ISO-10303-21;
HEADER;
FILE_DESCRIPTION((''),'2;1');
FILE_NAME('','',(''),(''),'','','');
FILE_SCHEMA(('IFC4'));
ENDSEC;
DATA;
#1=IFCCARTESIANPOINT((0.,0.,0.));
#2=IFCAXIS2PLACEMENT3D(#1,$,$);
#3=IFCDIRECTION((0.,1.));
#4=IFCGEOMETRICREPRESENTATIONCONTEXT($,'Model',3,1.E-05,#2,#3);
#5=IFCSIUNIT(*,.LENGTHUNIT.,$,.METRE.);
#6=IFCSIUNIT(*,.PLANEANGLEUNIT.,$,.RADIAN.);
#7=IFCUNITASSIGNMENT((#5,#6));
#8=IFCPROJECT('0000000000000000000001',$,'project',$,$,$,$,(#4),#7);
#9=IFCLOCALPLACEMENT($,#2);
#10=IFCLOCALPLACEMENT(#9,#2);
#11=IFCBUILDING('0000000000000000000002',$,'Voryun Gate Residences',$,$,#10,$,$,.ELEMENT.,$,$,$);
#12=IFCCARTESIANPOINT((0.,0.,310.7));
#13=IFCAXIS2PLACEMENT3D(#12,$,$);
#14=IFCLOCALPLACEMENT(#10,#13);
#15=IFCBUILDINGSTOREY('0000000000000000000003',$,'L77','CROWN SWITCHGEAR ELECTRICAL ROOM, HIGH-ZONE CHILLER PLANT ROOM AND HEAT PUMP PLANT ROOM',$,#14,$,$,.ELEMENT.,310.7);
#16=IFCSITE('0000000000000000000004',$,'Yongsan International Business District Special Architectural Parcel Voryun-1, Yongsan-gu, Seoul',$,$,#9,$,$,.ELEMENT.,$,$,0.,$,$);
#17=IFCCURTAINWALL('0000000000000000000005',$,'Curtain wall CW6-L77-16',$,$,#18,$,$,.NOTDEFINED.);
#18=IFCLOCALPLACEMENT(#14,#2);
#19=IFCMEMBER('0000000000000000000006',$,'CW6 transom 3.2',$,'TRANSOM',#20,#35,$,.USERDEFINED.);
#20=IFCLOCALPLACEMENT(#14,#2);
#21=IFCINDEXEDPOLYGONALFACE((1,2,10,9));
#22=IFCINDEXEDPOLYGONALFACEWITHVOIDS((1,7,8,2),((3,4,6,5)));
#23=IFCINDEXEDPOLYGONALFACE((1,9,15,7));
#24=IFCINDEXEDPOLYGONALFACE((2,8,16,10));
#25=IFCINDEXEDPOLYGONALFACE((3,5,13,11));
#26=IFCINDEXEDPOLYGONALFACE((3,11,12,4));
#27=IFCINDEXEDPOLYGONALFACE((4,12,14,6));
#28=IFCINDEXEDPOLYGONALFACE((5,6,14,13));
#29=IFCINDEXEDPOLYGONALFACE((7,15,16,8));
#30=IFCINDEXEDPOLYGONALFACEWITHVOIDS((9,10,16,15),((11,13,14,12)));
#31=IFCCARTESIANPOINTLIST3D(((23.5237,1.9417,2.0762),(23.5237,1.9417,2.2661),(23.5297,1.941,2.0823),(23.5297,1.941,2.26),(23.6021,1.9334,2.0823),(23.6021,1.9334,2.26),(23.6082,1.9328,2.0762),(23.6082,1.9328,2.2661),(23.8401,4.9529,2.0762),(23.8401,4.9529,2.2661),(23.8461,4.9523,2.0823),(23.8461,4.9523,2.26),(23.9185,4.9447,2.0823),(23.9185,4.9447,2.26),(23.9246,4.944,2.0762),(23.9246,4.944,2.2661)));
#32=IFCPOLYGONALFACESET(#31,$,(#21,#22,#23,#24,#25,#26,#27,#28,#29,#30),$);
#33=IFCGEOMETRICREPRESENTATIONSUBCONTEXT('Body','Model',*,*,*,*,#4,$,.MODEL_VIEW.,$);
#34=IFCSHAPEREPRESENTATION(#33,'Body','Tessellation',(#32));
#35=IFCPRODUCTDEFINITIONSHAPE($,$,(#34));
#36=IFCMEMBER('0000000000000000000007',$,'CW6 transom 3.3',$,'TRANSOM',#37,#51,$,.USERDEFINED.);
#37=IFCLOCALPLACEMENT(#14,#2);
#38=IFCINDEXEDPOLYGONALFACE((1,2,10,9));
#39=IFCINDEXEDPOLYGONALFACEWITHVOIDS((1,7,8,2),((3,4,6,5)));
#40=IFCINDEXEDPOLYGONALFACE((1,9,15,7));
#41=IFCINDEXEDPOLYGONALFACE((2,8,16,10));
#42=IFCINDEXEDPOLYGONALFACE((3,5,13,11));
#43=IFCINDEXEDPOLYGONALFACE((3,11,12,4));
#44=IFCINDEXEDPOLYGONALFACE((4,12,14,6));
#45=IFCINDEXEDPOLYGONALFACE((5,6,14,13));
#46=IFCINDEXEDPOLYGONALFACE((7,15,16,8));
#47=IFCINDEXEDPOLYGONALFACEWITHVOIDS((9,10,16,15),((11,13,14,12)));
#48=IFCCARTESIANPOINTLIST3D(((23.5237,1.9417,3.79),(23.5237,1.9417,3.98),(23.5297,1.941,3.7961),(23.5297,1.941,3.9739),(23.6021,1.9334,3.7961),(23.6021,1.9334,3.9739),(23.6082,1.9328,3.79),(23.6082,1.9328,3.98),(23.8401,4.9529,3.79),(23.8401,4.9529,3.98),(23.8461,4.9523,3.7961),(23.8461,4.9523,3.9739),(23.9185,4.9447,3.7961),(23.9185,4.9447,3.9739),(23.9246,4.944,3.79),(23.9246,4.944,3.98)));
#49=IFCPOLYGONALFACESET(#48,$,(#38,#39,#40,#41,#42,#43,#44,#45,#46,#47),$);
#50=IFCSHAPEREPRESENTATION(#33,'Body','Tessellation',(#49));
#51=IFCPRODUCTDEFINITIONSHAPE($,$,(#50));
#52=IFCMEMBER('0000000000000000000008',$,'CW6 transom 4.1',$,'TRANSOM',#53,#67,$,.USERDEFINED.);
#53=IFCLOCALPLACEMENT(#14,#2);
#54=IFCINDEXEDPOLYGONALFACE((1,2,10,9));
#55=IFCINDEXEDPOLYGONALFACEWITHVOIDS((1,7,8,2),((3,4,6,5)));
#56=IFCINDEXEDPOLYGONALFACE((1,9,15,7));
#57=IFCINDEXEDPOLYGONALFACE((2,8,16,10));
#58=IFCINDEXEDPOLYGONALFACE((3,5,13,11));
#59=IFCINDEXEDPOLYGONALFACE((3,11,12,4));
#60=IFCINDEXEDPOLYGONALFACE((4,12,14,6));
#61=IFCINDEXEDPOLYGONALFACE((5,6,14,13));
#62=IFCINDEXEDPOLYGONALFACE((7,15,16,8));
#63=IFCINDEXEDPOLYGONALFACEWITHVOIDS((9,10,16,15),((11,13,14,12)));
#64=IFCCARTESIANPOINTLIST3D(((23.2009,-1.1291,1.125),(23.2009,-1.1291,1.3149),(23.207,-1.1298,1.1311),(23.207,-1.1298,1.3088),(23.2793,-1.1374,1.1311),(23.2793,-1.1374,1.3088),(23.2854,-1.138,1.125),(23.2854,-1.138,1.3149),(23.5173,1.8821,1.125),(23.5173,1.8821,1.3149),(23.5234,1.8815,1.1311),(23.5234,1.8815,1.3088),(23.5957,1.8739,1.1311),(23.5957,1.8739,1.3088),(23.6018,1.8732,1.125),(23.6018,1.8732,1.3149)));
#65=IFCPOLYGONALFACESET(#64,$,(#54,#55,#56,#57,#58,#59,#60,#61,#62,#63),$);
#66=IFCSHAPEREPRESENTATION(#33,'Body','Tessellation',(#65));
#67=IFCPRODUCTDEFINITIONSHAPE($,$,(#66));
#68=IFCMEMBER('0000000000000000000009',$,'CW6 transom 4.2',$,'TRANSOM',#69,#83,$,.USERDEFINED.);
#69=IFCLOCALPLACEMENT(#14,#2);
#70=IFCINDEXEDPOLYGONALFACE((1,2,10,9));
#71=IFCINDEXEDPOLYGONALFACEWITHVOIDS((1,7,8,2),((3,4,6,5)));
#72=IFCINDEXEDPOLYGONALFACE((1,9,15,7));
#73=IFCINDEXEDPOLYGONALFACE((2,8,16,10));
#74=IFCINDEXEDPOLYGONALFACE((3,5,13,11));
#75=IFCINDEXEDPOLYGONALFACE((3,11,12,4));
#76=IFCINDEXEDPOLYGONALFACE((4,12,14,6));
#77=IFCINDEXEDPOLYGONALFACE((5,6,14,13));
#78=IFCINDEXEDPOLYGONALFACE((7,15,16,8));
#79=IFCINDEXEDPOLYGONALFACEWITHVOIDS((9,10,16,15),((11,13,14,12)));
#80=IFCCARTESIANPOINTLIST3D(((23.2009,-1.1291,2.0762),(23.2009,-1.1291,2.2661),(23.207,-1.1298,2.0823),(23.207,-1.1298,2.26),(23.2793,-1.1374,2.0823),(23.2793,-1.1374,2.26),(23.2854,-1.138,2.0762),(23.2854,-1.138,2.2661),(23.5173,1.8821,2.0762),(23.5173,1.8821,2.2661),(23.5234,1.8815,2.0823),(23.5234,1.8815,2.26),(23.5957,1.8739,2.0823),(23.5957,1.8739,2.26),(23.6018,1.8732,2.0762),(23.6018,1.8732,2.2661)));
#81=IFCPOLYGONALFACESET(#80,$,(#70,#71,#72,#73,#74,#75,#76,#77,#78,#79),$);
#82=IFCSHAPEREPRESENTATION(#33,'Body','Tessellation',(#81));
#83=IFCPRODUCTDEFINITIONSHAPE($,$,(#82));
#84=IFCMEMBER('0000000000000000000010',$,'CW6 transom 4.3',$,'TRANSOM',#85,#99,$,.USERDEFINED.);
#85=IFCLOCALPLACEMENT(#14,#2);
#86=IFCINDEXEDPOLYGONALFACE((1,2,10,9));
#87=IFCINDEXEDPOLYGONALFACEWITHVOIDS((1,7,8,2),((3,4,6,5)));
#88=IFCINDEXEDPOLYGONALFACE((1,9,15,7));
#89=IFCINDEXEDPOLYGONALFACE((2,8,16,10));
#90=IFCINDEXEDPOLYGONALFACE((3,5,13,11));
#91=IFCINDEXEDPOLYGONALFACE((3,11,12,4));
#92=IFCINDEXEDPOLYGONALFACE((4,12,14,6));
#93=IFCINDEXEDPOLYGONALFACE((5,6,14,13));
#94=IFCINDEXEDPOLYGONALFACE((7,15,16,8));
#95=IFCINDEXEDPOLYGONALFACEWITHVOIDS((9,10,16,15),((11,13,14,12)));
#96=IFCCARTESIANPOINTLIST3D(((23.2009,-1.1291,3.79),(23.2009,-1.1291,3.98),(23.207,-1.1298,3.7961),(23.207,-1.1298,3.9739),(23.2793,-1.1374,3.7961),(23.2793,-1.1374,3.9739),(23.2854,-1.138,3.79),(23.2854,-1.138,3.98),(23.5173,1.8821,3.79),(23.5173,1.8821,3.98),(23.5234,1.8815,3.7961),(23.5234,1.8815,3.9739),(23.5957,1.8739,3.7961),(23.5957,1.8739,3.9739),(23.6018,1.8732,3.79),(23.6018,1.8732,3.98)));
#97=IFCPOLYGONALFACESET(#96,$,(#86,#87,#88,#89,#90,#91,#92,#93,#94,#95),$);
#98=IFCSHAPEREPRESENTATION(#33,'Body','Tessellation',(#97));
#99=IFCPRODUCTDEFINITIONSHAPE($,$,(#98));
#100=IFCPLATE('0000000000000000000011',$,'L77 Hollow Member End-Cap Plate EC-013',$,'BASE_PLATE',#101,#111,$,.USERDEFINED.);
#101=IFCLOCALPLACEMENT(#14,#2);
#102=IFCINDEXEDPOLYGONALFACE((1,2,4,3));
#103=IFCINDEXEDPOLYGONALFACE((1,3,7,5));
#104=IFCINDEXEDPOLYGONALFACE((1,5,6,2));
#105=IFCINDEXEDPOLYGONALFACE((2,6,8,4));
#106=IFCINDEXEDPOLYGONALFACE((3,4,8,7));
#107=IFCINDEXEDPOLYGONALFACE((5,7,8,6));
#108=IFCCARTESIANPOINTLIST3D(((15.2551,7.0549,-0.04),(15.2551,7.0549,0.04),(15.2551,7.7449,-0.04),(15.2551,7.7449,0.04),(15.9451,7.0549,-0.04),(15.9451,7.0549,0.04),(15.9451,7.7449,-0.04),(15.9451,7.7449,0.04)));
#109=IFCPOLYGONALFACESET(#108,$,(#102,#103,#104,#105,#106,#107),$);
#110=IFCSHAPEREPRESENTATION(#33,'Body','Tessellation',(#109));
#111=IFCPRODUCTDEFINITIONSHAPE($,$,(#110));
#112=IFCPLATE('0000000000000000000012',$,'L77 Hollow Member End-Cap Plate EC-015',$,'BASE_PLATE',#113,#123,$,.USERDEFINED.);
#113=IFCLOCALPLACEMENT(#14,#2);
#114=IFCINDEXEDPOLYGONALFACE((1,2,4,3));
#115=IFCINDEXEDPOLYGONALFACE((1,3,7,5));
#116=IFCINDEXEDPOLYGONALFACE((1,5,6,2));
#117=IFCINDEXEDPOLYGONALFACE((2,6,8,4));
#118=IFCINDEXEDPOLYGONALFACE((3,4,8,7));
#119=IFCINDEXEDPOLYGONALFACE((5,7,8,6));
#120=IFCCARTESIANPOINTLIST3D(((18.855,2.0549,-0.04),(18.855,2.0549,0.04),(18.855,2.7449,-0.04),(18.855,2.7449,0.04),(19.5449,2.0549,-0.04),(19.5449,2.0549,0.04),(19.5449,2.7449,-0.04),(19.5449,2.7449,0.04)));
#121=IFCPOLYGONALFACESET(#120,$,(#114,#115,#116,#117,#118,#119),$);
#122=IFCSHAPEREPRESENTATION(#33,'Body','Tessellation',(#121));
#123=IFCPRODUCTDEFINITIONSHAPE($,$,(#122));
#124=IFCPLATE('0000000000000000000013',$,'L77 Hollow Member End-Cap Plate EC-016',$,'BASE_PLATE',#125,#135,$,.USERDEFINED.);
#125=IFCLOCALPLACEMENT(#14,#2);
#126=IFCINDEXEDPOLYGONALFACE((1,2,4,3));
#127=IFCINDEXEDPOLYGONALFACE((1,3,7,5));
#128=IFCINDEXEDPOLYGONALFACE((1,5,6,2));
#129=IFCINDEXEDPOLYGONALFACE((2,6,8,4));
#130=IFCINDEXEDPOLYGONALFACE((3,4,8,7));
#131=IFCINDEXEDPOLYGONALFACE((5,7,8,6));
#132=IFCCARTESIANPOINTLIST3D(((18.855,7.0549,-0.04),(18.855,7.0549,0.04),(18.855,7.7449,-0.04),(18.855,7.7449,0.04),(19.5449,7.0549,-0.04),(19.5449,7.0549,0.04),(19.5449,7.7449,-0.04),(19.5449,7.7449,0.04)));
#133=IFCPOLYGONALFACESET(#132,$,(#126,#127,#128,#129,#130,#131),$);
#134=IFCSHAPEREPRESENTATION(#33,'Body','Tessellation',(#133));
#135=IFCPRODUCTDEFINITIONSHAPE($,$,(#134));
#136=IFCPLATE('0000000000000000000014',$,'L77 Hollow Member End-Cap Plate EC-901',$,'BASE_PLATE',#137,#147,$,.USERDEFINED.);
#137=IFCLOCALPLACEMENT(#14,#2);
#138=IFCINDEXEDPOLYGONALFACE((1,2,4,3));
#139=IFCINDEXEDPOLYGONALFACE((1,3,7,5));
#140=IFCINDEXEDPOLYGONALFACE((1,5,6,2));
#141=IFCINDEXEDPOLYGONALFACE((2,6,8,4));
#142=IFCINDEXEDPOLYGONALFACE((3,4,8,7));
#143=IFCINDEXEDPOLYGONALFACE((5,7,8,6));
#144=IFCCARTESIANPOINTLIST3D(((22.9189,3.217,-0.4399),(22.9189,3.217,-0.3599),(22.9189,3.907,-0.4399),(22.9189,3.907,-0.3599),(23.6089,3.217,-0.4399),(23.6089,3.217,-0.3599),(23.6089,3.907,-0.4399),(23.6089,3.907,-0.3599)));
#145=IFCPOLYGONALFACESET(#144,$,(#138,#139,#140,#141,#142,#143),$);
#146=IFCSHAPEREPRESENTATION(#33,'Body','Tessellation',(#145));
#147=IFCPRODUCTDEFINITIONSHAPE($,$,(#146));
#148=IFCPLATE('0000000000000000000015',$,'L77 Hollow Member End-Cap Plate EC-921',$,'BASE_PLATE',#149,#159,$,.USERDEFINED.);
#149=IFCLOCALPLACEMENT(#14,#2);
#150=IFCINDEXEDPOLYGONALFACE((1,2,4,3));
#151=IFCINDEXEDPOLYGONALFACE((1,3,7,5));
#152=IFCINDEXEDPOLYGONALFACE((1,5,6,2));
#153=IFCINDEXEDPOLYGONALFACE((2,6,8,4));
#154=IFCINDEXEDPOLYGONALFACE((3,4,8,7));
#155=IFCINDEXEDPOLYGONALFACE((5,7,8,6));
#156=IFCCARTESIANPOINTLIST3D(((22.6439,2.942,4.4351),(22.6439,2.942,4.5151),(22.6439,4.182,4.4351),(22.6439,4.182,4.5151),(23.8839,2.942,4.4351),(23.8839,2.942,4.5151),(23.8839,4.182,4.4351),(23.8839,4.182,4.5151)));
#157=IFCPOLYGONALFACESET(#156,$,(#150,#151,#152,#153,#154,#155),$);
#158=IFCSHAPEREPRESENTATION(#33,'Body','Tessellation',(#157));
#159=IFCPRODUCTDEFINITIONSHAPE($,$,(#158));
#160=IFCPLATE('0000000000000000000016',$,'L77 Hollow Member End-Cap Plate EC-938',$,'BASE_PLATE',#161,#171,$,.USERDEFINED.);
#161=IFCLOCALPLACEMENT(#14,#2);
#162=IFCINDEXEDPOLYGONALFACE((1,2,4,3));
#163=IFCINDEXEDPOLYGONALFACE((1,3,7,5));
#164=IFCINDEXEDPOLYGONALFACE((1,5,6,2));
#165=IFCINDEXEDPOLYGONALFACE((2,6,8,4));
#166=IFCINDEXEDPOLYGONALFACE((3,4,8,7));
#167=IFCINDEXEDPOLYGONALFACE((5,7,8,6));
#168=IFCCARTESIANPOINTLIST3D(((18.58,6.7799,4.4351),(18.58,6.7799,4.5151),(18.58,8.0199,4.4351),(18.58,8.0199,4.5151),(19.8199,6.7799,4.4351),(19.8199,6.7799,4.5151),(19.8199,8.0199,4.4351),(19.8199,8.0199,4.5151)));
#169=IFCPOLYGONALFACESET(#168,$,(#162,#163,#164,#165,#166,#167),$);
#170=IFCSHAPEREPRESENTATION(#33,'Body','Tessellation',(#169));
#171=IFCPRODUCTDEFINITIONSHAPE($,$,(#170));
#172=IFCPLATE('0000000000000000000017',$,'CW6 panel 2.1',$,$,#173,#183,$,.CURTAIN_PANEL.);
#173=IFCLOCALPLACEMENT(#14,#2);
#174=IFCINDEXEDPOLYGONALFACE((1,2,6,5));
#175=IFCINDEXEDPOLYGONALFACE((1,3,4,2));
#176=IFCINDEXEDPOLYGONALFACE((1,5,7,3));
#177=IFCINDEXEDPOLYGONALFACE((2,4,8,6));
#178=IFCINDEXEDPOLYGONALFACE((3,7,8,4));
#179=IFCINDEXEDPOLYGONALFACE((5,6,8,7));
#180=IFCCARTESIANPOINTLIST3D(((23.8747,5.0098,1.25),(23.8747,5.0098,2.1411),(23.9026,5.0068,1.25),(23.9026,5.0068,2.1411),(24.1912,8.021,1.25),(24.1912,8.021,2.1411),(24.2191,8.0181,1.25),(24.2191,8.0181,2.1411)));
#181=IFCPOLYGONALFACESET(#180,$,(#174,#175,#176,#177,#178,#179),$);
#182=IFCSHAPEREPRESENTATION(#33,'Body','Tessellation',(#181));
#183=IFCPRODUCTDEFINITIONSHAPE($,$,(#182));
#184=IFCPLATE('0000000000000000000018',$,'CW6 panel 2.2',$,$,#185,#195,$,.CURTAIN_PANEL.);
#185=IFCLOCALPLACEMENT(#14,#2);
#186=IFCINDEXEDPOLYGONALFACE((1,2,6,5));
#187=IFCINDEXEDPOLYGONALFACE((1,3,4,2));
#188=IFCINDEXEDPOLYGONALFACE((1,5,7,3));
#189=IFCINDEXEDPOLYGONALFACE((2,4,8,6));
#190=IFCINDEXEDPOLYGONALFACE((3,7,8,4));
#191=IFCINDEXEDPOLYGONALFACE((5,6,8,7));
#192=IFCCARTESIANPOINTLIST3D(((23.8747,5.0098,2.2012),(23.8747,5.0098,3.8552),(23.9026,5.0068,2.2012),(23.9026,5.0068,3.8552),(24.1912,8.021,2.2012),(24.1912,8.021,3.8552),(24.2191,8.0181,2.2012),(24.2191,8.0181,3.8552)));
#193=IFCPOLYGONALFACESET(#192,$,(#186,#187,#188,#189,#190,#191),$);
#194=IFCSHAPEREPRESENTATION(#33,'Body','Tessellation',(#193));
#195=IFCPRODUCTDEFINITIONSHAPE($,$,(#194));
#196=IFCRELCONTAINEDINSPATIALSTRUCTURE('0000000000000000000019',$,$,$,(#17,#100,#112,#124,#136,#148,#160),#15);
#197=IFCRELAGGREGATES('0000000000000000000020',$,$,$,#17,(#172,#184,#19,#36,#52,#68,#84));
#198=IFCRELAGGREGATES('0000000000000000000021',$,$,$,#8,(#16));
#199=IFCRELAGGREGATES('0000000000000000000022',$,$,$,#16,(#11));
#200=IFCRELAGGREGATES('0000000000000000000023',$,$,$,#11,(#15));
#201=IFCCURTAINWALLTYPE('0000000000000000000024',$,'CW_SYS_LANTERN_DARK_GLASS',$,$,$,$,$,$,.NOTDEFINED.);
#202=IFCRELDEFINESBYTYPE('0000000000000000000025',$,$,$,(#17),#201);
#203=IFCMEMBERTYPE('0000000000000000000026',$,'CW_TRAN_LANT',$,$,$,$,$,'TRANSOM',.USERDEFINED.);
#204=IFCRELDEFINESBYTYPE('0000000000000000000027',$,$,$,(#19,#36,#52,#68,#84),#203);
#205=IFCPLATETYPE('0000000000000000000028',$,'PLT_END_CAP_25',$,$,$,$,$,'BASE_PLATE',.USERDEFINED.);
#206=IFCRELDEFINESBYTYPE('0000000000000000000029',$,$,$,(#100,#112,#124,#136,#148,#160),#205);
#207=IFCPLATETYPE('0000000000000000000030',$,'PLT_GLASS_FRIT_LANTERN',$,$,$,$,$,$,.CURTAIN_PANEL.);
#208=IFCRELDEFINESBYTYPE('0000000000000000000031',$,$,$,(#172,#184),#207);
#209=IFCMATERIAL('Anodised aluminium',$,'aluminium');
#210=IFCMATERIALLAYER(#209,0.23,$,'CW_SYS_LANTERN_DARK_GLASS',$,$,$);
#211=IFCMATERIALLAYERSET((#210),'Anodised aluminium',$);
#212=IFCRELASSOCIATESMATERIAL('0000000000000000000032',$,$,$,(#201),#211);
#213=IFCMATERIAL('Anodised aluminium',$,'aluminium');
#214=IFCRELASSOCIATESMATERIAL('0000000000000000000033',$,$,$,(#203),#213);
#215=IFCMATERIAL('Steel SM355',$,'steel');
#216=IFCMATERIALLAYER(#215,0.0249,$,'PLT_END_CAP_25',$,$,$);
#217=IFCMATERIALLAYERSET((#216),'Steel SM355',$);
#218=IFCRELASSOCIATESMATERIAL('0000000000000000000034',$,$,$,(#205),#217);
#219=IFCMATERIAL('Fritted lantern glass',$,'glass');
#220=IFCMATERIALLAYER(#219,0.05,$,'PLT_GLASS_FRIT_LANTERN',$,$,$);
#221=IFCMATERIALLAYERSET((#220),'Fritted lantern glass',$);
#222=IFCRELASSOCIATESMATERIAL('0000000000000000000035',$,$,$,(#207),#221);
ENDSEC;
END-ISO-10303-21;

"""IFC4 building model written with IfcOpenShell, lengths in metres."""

from ifc_helpers import new_model, si_unit, direction, frame, origin, origin_2d, place, context, subcontext, project, spatial, rectangle, hollow_rectangle, extrude, material, layer, layer_set, material_profile, profile_set, type_object, element, aggregate, save


model = new_model("IFC4")

# Units and contexts
model_context = context("Model", 3, precision=1e-05, world=origin(), true_north=direction((0.0, 1.0)))
body_context = subcontext(model_context, "Body", "Model", "MODEL_VIEW")
ifc_project = project(units=[si_unit("LENGTHUNIT", "METRE"), si_unit("PLANEANGLEUNIT", "RADIAN")], contexts=[model_context])

# Site, building, storey
site_placement = place(None, origin())
site = spatial("IfcSite", under=ifc_project, at=site_placement, Name="Yongsan International Business District Special Architectural Parcel Voryun-1, Yongsan-gu, Seoul", CompositionType="ELEMENT", RefElevation=0.0)
building_placement = place(site_placement, origin())
building = spatial("IfcBuilding", under=site, at=building_placement, Name="Voryun Gate Residences", CompositionType="ELEMENT")
storey_placement = place(building_placement, frame((0.0, 0.0, 310.7)))
storey = spatial("IfcBuildingStorey", under=building, at=storey_placement, Name="L77", Description="CROWN SWITCHGEAR ELECTRICAL ROOM, HIGH-ZONE CHILLER PLANT ROOM AND HEAT PUMP PLANT ROOM", CompositionType="ELEMENT", Elevation=310.7)

# Curtain wall, members
ifc_material_1 = material(Name="Anodised aluminium", Category="aluminium")
ifc_layer_1 = layer(ifc_material_1, 0.23, Name="CW_SYS_LANTERN_DARK_GLASS")
ifc_layer_set_1 = layer_set([ifc_layer_1], Name="Anodised aluminium")
curtain_wall_type = type_object("IfcCurtainWallType", Name="CW_SYS_LANTERN_DARK_GLASS", PredefinedType="NOTDEFINED", material=ifc_layer_set_1)
curtain_wall_placement = place(storey_placement, origin())
curtain_wall = element("IfcCurtainWall", 1, at=curtain_wall_placement, inside=storey, type_object=curtain_wall_type, Name="Curtain wall CW6-L77-16", PredefinedType="NOTDEFINED")
ifc_material_2 = material(Name="Anodised aluminium", Category="aluminium")
ifc_material_profile_1 = material_profile(ifc_material_2, hollow_rectangle(XDim=0.085, YDim=0.1899, WallThickness=0.0061, at=origin_2d()), Name="ALU-TRAN-190x85x6")
ifc_profile_set_1 = profile_set([ifc_material_profile_1], Name="Anodised aluminium")
member_type_1 = type_object("IfcMemberType", Name="CW_TRAN_LANT", ElementType="TRANSOM", PredefinedType="USERDEFINED", material=ifc_profile_set_1)
member_1_placement = place(storey_placement, frame((23.8823, 4.9485, 2.1711), z_axis=(-0.1045, -0.994525, 0.0), x_axis=(0.994525, -0.1045, 0.0)))
member_1 = element("IfcMember", 2, at=member_1_placement, type_object=member_type_1, Name="CW6 transom 3.2", ObjectType="TRANSOM", PredefinedType="USERDEFINED", context=body_context, shape_type="SweptSolid", body=[
    extrude(hollow_rectangle(XDim=0.085, YDim=0.1899, WallThickness=0.0061, at=origin_2d()), origin(), (0.0, 0.0, 1.0), 3.0278),
])
member_2_placement = place(storey_placement, frame((23.8823, 4.9485, 3.885), z_axis=(-0.1045, -0.994525, 0.0), x_axis=(0.994525, -0.1045, 0.0)))
member_2 = element("IfcMember", 3, at=member_2_placement, type_object=member_type_1, Name="CW6 transom 3.3", ObjectType="TRANSOM", PredefinedType="USERDEFINED", context=body_context, shape_type="SweptSolid", body=[
    extrude(hollow_rectangle(XDim=0.085, YDim=0.1899, WallThickness=0.0061, at=origin_2d()), origin(), (0.0, 0.0, 1.0), 3.0278),
])
member_3_placement = place(storey_placement, frame((23.5596, 1.8777, 1.22), z_axis=(-0.1045, -0.994525, 0.0), x_axis=(0.994525, -0.1045, 0.0)))
member_3 = element("IfcMember", 4, at=member_3_placement, type_object=member_type_1, Name="CW6 transom 4.1", ObjectType="TRANSOM", PredefinedType="USERDEFINED", context=body_context, shape_type="SweptSolid", body=[
    extrude(hollow_rectangle(XDim=0.085, YDim=0.1899, WallThickness=0.0061, at=origin_2d()), origin(), (0.0, 0.0, 1.0), 3.0278),
])
member_4_placement = place(storey_placement, frame((23.5596, 1.8777, 2.1711), z_axis=(-0.1045, -0.994525, 0.0), x_axis=(0.994525, -0.1045, 0.0)))
member_4 = element("IfcMember", 5, at=member_4_placement, type_object=member_type_1, Name="CW6 transom 4.2", ObjectType="TRANSOM", PredefinedType="USERDEFINED", context=body_context, shape_type="SweptSolid", body=[
    extrude(hollow_rectangle(XDim=0.085, YDim=0.1899, WallThickness=0.0061, at=origin_2d()), origin(), (0.0, 0.0, 1.0), 3.0278),
])
member_5_placement = place(storey_placement, frame((23.5596, 1.8777, 3.885), z_axis=(-0.1045, -0.994525, 0.0), x_axis=(0.994525, -0.1045, 0.0)))
member_5 = element("IfcMember", 6, at=member_5_placement, type_object=member_type_1, Name="CW6 transom 4.3", ObjectType="TRANSOM", PredefinedType="USERDEFINED", context=body_context, shape_type="SweptSolid", body=[
    extrude(hollow_rectangle(XDim=0.085, YDim=0.1899, WallThickness=0.0061, at=origin_2d()), origin(), (0.0, 0.0, 1.0), 3.0278),
])

# Plates
ifc_material_3 = material(Name="Steel SM355", Category="steel")
ifc_layer_2 = layer(ifc_material_3, 0.0249, Name="PLT_END_CAP_25")
ifc_layer_set_2 = layer_set([ifc_layer_2], Name="Steel SM355")
plate_type_1 = type_object("IfcPlateType", Name="PLT_END_CAP_25", ElementType="BASE_PLATE", PredefinedType="USERDEFINED", material=ifc_layer_set_2)
for number, where, z_axis, x_axis, name in (
    (7, (15.6001, 7.3999, -0.04), (0.0, 0.0, 1.0), (1.0, 0.0, 0.0), "L77 Hollow Member End-Cap Plate EC-013"),
    (8, (19.2, 2.3999, -0.04), (0.0, 0.0, 1.0), (1.0, 0.0, 0.0), "L77 Hollow Member End-Cap Plate EC-015"),
    (9, (19.2, 7.3999, -0.04), (0.0, 0.0, 1.0), (1.0, 0.0, 0.0), "L77 Hollow Member End-Cap Plate EC-016"),
    (10, (23.2639, 3.562, -0.4399), (0.0, 0.0, 1.0), (1.0, 0.0, 0.0), "L77 Hollow Member End-Cap Plate EC-901"),
):
    element("IfcPlate", number, at=place(storey_placement, frame(where, z_axis=z_axis, x_axis=x_axis)), inside=storey, type_object=plate_type_1, Name=name, ObjectType="BASE_PLATE", PredefinedType="USERDEFINED", context=body_context, shape_type="SweptSolid", body=[
        extrude(rectangle(XDim=0.6899, YDim=0.6899, at=origin_2d()), origin(), (0.0, 0.0, 1.0), 0.0801),
    ])
for number, where, z_axis, x_axis, name in (
    (11, (23.2639, 3.562, 4.4351), (0.0, 0.0, 1.0), (1.0, 0.0, 0.0), "L77 Hollow Member End-Cap Plate EC-921"),
    (12, (19.2, 7.3999, 4.4351), (0.0, 0.0, 1.0), (1.0, 0.0, 0.0), "L77 Hollow Member End-Cap Plate EC-938"),
):
    element("IfcPlate", number, at=place(storey_placement, frame(where, z_axis=z_axis, x_axis=x_axis)), inside=storey, type_object=plate_type_1, Name=name, ObjectType="BASE_PLATE", PredefinedType="USERDEFINED", context=body_context, shape_type="SweptSolid", body=[
        extrude(rectangle(XDim=1.24, YDim=1.24, at=origin_2d()), origin(), (0.0, 0.0, 1.0), 0.0801),
    ])

# Plates
ifc_material_4 = material(Name="Fritted lantern glass", Category="glass")
ifc_layer_3 = layer(ifc_material_4, 0.05, Name="PLT_GLASS_FRIT_LANTERN")
ifc_layer_set_3 = layer_set([ifc_layer_3], Name="Fritted lantern glass")
plate_type_2 = type_object("IfcPlateType", Name="PLT_GLASS_FRIT_LANTERN", PredefinedType="CURTAIN_PANEL", material=ifc_layer_set_3)
plate_1_placement = place(storey_placement, frame((24.0469, 6.5139, 1.25), z_axis=(0.0, 0.0, 1.0), x_axis=(-0.104528, -0.994522, 0.0)))
plate_1 = element("IfcPlate", 13, at=plate_1_placement, type_object=plate_type_2, Name="CW6 panel 2.1", PredefinedType="CURTAIN_PANEL", context=body_context, shape_type="SweptSolid", body=[
    extrude(rectangle(XDim=3.0278, YDim=0.0281, at=origin_2d()), origin(), (0.0, 0.0, 1.0), 0.8911),
])
plate_2_placement = place(storey_placement, frame((24.0469, 6.5139, 2.2012), z_axis=(0.0, 0.0, 1.0), x_axis=(-0.104528, -0.994522, 0.0)))
plate_2 = element("IfcPlate", 14, at=plate_2_placement, type_object=plate_type_2, Name="CW6 panel 2.2", PredefinedType="CURTAIN_PANEL", context=body_context, shape_type="SweptSolid", body=[
    extrude(rectangle(XDim=3.0278, YDim=0.0281, at=origin_2d()), origin(), (0.0, 0.0, 1.0), 1.6541),
])
aggregate(curtain_wall, [plate_1, plate_2, member_1, member_2, member_3, member_4, member_5])

save(model, "model.ifc")
